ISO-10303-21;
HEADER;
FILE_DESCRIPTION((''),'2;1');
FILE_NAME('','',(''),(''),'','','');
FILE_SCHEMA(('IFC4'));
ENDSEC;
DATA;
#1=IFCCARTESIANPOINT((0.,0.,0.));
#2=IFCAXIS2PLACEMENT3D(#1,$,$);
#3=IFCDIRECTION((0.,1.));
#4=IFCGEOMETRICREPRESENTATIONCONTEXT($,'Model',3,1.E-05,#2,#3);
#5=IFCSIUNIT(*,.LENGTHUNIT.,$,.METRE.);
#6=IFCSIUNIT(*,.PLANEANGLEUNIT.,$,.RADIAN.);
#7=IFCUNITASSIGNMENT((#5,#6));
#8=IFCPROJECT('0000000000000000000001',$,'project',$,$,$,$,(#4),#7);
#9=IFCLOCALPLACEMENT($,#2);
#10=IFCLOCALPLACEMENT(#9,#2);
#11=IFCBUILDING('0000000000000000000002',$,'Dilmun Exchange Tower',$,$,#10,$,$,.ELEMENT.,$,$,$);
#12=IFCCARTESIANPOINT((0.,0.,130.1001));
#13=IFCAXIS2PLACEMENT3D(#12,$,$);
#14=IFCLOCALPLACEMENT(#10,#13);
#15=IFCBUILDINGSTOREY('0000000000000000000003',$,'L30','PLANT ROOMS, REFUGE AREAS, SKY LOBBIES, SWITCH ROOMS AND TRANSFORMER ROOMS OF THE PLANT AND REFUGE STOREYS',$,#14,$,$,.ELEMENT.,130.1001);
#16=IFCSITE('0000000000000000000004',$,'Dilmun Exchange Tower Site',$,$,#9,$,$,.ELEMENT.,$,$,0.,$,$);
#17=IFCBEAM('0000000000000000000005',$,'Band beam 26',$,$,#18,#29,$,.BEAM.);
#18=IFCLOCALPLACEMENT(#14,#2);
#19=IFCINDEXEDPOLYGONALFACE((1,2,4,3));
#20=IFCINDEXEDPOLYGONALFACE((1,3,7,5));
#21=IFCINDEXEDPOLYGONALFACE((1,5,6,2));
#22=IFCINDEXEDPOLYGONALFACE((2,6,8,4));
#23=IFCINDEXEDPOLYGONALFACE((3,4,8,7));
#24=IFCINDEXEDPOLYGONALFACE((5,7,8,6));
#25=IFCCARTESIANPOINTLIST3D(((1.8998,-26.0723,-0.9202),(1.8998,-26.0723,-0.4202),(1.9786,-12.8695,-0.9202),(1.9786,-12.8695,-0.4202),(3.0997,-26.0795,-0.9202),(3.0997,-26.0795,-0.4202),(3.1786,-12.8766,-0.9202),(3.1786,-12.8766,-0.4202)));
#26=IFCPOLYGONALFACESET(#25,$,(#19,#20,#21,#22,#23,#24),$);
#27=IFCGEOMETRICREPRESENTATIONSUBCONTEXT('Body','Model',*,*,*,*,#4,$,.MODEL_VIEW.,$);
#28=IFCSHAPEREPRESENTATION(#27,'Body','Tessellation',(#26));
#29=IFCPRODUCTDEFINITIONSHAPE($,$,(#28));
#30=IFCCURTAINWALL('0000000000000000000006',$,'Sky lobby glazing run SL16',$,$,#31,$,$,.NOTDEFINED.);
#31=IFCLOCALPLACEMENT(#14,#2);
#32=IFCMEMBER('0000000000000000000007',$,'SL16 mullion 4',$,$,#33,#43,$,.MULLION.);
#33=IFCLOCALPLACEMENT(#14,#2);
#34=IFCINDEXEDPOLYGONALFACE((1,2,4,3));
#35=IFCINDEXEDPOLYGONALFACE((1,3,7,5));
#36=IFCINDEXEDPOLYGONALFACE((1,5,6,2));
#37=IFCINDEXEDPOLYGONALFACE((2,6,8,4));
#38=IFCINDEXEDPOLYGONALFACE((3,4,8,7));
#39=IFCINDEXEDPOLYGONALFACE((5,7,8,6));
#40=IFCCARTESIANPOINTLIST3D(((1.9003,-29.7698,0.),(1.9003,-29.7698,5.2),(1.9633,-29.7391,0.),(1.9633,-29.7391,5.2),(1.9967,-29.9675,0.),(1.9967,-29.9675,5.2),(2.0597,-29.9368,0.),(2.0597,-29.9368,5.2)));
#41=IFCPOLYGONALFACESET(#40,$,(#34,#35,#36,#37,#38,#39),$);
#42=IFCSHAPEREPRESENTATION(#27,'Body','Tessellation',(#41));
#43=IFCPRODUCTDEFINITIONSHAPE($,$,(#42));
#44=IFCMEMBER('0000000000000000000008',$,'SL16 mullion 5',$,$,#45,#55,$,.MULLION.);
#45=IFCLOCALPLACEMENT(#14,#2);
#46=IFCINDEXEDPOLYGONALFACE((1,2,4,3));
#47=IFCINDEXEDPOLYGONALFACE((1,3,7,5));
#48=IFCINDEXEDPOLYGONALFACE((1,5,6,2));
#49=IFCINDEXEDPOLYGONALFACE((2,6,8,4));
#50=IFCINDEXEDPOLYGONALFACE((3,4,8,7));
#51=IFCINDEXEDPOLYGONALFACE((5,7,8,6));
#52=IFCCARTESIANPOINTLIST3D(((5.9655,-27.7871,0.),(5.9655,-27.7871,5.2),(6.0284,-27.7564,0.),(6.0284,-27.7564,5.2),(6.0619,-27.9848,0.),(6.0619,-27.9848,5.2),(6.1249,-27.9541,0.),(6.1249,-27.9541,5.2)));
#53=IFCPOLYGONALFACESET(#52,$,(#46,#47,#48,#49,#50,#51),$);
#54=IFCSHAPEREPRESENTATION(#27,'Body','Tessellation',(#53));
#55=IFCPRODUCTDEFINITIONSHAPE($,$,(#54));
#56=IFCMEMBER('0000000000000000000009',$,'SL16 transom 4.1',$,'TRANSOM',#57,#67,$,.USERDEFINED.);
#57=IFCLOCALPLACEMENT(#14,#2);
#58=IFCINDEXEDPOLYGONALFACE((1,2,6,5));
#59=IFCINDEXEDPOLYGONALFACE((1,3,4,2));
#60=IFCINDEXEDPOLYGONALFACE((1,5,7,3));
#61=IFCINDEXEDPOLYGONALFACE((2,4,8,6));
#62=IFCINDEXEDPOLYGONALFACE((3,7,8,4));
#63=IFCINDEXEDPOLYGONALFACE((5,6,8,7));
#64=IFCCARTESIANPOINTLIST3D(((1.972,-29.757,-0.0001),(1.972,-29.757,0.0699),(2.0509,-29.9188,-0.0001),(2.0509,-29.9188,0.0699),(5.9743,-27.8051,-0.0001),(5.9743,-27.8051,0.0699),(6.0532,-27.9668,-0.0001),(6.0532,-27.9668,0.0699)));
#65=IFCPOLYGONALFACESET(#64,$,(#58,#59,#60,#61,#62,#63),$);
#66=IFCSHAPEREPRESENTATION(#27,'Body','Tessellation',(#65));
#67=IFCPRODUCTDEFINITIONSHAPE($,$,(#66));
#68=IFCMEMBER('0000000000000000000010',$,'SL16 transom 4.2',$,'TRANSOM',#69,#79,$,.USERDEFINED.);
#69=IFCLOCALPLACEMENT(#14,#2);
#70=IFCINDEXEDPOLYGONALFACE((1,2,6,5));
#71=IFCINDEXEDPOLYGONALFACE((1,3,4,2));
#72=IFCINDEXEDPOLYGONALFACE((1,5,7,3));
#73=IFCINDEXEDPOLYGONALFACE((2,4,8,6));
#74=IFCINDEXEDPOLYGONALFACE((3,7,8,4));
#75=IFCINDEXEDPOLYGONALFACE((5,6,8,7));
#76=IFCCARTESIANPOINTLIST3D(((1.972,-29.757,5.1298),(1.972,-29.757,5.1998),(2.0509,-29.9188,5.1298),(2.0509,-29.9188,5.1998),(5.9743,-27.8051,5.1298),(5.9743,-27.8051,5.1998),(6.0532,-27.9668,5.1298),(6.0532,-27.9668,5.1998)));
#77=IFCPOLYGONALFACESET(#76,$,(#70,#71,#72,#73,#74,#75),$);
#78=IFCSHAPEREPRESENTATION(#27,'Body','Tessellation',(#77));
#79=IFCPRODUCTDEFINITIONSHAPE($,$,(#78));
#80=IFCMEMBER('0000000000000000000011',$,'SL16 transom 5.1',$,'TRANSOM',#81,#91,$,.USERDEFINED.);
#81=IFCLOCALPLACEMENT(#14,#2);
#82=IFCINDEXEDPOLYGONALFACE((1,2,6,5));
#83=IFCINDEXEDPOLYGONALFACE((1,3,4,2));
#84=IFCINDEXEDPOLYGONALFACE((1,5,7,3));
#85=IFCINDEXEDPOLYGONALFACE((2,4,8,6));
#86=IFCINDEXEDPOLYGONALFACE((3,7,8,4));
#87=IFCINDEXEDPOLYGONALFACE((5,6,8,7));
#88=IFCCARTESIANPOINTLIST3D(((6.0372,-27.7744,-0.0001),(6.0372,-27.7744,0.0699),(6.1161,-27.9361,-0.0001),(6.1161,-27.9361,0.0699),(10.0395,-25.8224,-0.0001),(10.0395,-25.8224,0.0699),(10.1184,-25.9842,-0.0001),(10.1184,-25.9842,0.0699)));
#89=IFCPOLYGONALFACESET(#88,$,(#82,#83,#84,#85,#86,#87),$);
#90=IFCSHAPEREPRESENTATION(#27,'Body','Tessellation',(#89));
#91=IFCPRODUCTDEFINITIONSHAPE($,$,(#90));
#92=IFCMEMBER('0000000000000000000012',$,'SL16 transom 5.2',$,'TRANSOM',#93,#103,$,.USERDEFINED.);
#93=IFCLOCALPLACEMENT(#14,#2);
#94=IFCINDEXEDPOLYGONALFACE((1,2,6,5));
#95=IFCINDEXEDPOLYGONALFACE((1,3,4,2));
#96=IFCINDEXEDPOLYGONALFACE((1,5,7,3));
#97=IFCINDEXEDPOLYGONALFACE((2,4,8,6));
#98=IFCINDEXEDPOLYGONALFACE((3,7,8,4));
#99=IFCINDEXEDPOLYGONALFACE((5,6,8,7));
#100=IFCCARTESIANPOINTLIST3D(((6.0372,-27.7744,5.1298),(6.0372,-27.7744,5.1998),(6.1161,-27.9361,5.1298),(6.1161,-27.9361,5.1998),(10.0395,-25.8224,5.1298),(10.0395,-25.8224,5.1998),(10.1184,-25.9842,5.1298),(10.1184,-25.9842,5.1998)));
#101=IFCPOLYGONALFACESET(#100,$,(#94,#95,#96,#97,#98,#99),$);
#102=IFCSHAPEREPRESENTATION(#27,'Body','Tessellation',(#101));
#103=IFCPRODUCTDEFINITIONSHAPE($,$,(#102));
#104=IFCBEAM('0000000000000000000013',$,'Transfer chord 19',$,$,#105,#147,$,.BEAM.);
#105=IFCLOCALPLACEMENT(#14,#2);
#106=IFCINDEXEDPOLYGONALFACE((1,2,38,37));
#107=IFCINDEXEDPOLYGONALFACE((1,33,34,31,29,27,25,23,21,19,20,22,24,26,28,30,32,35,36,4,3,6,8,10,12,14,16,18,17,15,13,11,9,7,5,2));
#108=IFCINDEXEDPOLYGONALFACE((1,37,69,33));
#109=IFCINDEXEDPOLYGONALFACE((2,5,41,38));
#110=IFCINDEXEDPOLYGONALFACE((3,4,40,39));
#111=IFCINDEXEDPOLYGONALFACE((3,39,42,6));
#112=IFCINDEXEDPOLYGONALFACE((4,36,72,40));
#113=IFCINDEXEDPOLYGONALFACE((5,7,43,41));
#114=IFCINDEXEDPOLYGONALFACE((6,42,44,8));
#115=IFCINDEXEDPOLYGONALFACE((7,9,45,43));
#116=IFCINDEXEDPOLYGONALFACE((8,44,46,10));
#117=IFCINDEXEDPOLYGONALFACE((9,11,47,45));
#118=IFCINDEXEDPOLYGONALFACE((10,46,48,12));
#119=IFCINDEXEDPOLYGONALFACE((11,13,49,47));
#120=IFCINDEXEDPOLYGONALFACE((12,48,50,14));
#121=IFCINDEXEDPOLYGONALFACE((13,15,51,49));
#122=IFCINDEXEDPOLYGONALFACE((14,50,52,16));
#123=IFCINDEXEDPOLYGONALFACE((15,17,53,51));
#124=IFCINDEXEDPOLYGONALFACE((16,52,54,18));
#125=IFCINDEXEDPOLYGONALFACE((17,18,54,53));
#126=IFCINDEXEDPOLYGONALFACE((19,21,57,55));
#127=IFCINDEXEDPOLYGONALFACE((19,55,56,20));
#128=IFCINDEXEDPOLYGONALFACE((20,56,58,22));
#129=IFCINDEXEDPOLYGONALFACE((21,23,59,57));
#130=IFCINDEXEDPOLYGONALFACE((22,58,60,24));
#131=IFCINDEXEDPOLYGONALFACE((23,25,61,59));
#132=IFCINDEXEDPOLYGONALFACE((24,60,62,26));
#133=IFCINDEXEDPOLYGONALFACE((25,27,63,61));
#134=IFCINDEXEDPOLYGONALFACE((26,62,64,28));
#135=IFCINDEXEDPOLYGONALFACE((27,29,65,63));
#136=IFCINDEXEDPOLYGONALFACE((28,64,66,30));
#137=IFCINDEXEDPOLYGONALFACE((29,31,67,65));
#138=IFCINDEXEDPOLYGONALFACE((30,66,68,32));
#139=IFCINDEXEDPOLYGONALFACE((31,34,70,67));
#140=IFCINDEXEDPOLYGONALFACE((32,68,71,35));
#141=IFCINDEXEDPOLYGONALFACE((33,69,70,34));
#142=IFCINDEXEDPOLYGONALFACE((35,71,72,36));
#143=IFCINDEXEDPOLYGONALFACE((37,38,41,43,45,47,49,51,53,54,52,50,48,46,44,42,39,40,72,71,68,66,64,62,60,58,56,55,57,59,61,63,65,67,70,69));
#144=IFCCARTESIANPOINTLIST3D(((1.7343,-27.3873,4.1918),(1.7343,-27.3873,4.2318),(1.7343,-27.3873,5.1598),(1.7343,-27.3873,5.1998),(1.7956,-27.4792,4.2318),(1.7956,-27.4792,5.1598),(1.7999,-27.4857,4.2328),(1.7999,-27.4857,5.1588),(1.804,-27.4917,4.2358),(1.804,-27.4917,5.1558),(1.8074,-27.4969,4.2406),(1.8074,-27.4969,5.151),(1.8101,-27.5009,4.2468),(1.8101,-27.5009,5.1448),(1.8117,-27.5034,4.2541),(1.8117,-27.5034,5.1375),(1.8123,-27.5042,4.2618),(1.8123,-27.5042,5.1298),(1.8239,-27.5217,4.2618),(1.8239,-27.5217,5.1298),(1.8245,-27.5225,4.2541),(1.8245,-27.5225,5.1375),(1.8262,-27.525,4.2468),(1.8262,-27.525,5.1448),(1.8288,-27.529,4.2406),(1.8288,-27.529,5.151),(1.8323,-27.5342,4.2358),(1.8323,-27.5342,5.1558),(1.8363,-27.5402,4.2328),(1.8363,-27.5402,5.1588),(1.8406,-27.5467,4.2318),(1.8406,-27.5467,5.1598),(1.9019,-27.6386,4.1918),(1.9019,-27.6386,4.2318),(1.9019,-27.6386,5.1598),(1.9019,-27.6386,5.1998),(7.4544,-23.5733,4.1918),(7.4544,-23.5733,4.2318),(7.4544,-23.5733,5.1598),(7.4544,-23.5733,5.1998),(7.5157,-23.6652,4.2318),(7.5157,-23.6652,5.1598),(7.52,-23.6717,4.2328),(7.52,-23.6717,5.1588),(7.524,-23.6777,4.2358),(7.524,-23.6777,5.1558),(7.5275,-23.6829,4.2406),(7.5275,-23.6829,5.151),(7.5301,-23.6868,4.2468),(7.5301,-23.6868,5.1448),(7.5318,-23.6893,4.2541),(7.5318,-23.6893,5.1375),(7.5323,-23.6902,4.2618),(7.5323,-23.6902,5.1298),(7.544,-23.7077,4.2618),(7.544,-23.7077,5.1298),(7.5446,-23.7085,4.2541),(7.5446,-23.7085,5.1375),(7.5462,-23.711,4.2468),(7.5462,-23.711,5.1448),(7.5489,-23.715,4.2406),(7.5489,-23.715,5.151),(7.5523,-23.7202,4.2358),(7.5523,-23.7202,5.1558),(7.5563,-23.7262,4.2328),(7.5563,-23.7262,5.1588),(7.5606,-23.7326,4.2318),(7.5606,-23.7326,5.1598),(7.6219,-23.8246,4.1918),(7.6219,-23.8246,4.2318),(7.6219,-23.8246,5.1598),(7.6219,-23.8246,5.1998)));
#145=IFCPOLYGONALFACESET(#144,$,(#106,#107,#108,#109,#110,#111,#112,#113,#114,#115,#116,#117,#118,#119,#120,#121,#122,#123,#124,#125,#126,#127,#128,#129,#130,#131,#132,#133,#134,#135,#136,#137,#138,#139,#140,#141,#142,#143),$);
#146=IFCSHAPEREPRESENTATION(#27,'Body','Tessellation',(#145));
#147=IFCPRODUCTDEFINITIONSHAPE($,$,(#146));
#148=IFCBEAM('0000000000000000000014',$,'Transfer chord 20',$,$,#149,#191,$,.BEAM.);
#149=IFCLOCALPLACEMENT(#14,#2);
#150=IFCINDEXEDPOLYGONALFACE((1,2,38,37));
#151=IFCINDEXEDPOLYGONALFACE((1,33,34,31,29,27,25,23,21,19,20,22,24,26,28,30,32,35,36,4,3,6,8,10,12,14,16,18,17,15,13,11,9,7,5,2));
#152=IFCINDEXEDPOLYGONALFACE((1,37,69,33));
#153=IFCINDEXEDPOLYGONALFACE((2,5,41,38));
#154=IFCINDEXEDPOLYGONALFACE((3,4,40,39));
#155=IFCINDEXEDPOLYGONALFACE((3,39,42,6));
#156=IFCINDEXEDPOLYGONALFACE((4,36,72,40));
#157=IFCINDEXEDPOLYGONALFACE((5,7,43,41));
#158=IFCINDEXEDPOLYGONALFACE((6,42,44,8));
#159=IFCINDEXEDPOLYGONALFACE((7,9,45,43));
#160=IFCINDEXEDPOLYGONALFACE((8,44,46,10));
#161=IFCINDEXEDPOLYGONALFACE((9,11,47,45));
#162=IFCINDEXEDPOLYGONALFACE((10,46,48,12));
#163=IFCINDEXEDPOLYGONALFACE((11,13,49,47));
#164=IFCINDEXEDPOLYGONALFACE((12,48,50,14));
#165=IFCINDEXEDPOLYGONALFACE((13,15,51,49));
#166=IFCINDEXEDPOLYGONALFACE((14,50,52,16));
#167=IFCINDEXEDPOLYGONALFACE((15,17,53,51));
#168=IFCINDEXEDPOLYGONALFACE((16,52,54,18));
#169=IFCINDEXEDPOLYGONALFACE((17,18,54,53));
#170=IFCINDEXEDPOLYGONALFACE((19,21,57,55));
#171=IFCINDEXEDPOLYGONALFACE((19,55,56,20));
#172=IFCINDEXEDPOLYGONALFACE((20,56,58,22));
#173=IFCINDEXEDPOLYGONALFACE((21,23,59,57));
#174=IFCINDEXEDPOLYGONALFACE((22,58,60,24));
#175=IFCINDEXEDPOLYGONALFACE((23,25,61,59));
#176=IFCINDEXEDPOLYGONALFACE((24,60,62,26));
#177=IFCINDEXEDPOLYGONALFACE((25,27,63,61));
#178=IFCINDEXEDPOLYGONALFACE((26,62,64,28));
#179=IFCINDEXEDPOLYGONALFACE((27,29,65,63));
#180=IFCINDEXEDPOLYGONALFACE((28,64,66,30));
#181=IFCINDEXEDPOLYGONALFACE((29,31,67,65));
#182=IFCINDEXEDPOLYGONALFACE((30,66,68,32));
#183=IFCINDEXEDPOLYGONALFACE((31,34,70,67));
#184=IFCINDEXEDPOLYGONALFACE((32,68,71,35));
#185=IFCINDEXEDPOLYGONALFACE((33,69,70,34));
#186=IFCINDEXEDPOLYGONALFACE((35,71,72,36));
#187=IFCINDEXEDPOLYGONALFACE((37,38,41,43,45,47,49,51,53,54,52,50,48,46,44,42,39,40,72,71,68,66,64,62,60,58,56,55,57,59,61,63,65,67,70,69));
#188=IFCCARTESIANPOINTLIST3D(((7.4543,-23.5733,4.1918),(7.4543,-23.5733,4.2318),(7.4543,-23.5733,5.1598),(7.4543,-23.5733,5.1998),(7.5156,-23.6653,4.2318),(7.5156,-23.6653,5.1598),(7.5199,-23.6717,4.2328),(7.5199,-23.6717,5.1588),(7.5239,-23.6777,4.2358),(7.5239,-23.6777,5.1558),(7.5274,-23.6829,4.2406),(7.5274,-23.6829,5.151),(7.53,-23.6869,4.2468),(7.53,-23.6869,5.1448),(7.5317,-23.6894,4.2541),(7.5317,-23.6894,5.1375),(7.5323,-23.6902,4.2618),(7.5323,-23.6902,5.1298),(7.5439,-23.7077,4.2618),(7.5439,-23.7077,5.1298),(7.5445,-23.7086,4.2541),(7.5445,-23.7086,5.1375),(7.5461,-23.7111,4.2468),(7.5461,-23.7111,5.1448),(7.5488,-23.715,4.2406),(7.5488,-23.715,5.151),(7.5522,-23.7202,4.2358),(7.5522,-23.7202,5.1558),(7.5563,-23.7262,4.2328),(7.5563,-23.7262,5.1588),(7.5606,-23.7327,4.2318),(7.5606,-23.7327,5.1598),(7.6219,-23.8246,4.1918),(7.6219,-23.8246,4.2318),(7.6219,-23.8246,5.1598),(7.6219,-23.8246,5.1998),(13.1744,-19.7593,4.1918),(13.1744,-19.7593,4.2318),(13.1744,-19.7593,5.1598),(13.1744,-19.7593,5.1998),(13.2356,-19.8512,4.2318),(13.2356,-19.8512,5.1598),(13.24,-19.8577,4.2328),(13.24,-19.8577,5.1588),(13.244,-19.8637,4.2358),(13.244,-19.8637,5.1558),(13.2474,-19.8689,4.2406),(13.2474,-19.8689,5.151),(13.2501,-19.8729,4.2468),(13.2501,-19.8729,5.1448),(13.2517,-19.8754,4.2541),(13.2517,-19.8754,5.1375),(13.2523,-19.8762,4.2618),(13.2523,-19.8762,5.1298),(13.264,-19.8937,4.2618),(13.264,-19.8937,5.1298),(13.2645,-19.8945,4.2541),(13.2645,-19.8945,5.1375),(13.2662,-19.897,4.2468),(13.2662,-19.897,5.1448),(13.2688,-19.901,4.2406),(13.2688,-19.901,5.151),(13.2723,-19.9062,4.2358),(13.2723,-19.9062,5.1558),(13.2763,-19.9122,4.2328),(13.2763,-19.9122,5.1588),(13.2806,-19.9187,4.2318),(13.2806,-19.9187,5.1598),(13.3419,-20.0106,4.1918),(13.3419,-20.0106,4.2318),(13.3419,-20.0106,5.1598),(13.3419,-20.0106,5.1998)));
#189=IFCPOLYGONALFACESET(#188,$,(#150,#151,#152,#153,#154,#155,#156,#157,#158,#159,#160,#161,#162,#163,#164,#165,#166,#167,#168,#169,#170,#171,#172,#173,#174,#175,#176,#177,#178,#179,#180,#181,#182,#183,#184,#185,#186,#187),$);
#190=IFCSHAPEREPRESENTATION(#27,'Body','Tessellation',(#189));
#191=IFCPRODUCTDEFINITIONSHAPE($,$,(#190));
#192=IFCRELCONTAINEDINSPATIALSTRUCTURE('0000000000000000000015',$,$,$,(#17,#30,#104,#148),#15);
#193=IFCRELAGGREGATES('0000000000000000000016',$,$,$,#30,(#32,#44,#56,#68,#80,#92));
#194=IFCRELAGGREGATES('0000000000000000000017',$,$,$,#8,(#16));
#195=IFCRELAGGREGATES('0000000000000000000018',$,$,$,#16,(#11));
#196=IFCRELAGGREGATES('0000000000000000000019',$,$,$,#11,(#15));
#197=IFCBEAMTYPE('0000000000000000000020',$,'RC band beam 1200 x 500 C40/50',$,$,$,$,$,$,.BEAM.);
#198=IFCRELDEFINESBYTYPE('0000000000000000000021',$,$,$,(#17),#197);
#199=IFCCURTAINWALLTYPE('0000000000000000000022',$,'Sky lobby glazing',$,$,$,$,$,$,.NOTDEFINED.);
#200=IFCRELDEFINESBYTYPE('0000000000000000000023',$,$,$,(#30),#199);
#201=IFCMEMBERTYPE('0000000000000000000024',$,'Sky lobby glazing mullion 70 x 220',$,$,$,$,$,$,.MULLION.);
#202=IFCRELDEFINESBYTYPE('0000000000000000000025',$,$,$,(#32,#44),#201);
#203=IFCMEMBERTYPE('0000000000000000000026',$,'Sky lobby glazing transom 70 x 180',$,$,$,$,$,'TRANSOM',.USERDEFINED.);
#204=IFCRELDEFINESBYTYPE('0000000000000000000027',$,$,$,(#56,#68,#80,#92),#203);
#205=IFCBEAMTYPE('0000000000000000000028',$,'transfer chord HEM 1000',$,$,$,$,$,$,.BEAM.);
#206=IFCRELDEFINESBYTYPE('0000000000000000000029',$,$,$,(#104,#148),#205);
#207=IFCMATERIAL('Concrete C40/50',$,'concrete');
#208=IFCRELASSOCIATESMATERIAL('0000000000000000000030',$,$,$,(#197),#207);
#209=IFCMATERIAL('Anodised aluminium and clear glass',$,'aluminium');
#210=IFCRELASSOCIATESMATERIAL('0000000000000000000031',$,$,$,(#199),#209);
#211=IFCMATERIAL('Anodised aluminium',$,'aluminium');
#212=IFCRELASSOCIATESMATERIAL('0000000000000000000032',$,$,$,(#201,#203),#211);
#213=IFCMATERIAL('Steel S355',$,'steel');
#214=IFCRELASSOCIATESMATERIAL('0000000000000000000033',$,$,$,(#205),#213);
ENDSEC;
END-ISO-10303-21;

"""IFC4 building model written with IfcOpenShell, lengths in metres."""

from ifc_helpers import new_model, si_unit, direction, frame, origin, origin_2d, place, context, subcontext, project, spatial, rectangle, i_section, extrude, material, material_profile, profile_set, type_object, element, aggregate, save


model = new_model("IFC4")

# Units and contexts
model_context = context("Model", 3, precision=1e-05, world=origin(), true_north=direction((0.0, 1.0)))
body_context = subcontext(model_context, "Body", "Model", "MODEL_VIEW")
ifc_project = project(units=[si_unit("LENGTHUNIT", "METRE"), si_unit("PLANEANGLEUNIT", "RADIAN")], contexts=[model_context])

# Site, building, storey
site_placement = place(None, origin())
site = spatial("IfcSite", under=ifc_project, at=site_placement, Name="Dilmun Exchange Tower Site", CompositionType="ELEMENT", RefElevation=0.0)
building_placement = place(site_placement, origin())
building = spatial("IfcBuilding", under=site, at=building_placement, Name="Dilmun Exchange Tower", CompositionType="ELEMENT")
storey_placement = place(building_placement, frame((0.0, 0.0, 130.1001)))
storey = spatial("IfcBuildingStorey", under=building, at=storey_placement, Name="L30", Description="PLANT ROOMS, REFUGE AREAS, SKY LOBBIES, SWITCH ROOMS AND TRANSFORMER ROOMS OF THE PLANT AND REFUGE STOREYS", CompositionType="ELEMENT", Elevation=130.1001)

# Beam
ifc_material_1 = material(Name="Concrete C40/50", Category="concrete")
ifc_material_profile_1 = material_profile(ifc_material_1, rectangle(XDim=1.2, YDim=0.5, at=origin_2d()), Name="1200 x 500")
ifc_profile_set_1 = profile_set([ifc_material_profile_1], Name="Concrete C40/50")
beam_type_1 = type_object("IfcBeamType", Name="RC band beam 1200 x 500 C40/50", PredefinedType="BEAM", material=ifc_profile_set_1)
beam_placement = place(storey_placement, frame((2.4998, -26.0759, -0.6702), z_axis=(0.005973, 0.999982, 0.0), x_axis=(-0.999982, 0.005973, 0.0)))
element("IfcBeam", 1, at=beam_placement, inside=storey, type_object=beam_type_1, Name="Band beam 26", PredefinedType="BEAM", context=body_context, shape_type="SweptSolid", body=[
    extrude(rectangle(XDim=1.2, YDim=0.5, at=origin_2d()), origin(), (0.0, 0.0, 1.0), 13.2031),
])

# Curtain wall, members
ifc_material_2 = material(Name="Anodised aluminium and clear glass", Category="aluminium")
curtain_wall_type = type_object("IfcCurtainWallType", Name="Sky lobby glazing", PredefinedType="NOTDEFINED", material=ifc_material_2)
curtain_wall_placement = place(storey_placement, origin())
curtain_wall = element("IfcCurtainWall", 2, at=curtain_wall_placement, inside=storey, type_object=curtain_wall_type, Name="Sky lobby glazing run SL16", PredefinedType="NOTDEFINED")
ifc_material_3 = material(Name="Anodised aluminium", Category="aluminium")
ifc_material_profile_2 = material_profile(ifc_material_3, rectangle(XDim=0.22, YDim=0.0701, at=origin_2d()), Name="AL 70x220")
ifc_profile_set_2 = profile_set([ifc_material_profile_2], Name="Anodised aluminium")
member_type_1 = type_object("IfcMemberType", Name="Sky lobby glazing mullion 70 x 220", PredefinedType="MULLION", material=ifc_profile_set_2)
member_1_placement = place(storey_placement, frame((1.98, -29.8533, 0.0), z_axis=(0.0, 0.0, 1.0), x_axis=(-0.438371, 0.898794, 0.0)))
member_1 = element("IfcMember", 3, at=member_1_placement, type_object=member_type_1, Name="SL16 mullion 4", PredefinedType="MULLION", context=body_context, shape_type="SweptSolid", body=[
    extrude(rectangle(XDim=0.22, YDim=0.0701, at=origin_2d()), origin(), (0.0, 0.0, 1.0), 5.2),
])
member_2_placement = place(storey_placement, frame((6.0452, -27.8706, 0.0), z_axis=(0.0, 0.0, 1.0), x_axis=(-0.438371, 0.898794, 0.0)))
member_2 = element("IfcMember", 4, at=member_2_placement, type_object=member_type_1, Name="SL16 mullion 5", PredefinedType="MULLION", context=body_context, shape_type="SweptSolid", body=[
    extrude(rectangle(XDim=0.22, YDim=0.0701, at=origin_2d()), origin(), (0.0, 0.0, 1.0), 5.2),
])
ifc_material_profile_3 = material_profile(ifc_material_3, rectangle(XDim=0.1799, YDim=0.0701, at=origin_2d()), Name="AL 70x180")
ifc_profile_set_3 = profile_set([ifc_material_profile_3], Name="Anodised aluminium")
member_type_2 = type_object("IfcMemberType", Name="Sky lobby glazing transom 70 x 180", ElementType="TRANSOM", PredefinedType="USERDEFINED", material=ifc_profile_set_3)
member_3_placement = place(storey_placement, frame((2.0115, -29.8379, 0.0349), z_axis=(0.898803, 0.438353, 0.0), x_axis=(-0.438353, 0.898803, 0.0)))
member_3 = element("IfcMember", 5, at=member_3_placement, type_object=member_type_2, Name="SL16 transom 4.1", ObjectType="TRANSOM", PredefinedType="USERDEFINED", context=body_context, shape_type="SweptSolid", body=[
    extrude(rectangle(XDim=0.1799, YDim=0.0701, at=origin_2d()), origin(), (0.0, 0.0, 1.0), 4.4529),
])
member_4_placement = place(storey_placement, frame((2.0115, -29.8379, 5.1648), z_axis=(0.898803, 0.438353, 0.0), x_axis=(-0.438353, 0.898803, 0.0)))
member_4 = element("IfcMember", 6, at=member_4_placement, type_object=member_type_2, Name="SL16 transom 4.2", ObjectType="TRANSOM", PredefinedType="USERDEFINED", context=body_context, shape_type="SweptSolid", body=[
    extrude(rectangle(XDim=0.1799, YDim=0.0701, at=origin_2d()), origin(), (0.0, 0.0, 1.0), 4.4529),
])
member_5_placement = place(storey_placement, frame((6.0767, -27.8552, 0.0349), z_axis=(0.898803, 0.438353, 0.0), x_axis=(-0.438353, 0.898803, 0.0)))
member_5 = element("IfcMember", 7, at=member_5_placement, type_object=member_type_2, Name="SL16 transom 5.1", ObjectType="TRANSOM", PredefinedType="USERDEFINED", context=body_context, shape_type="SweptSolid", body=[
    extrude(rectangle(XDim=0.1799, YDim=0.0701, at=origin_2d()), origin(), (0.0, 0.0, 1.0), 4.4529),
])
member_6_placement = place(storey_placement, frame((6.0767, -27.8552, 5.1648), z_axis=(0.898803, 0.438353, 0.0), x_axis=(-0.438353, 0.898803, 0.0)))
member_6 = element("IfcMember", 8, at=member_6_placement, type_object=member_type_2, Name="SL16 transom 5.2", ObjectType="TRANSOM", PredefinedType="USERDEFINED", context=body_context, shape_type="SweptSolid", body=[
    extrude(rectangle(XDim=0.1799, YDim=0.0701, at=origin_2d()), origin(), (0.0, 0.0, 1.0), 4.4529),
])

# Beams
ifc_material_4 = material(Name="Steel S355", Category="steel")
ifc_material_profile_4 = material_profile(ifc_material_4, i_section(OverallWidth=0.302, OverallDepth=1.0081, WebThickness=0.021, FlangeThickness=0.04, FilletRadius=0.03, at=origin_2d()), Name="HEM 1000")
ifc_profile_set_4 = profile_set([ifc_material_profile_4], Name="Steel S355")
beam_type_2 = type_object("IfcBeamType", Name="transfer chord HEM 1000", PredefinedType="BEAM", material=ifc_profile_set_4)
for number, where, z_axis, x_axis, name in (
    (9, (1.8181, -27.5129, 4.6958), (0.832007, 0.554766, 0.0), (-0.554766, 0.832007, 0.0), "Transfer chord 19"),
    (10, (7.5381, -23.699, 4.6958), (0.832007, 0.554766, 0.0), (-0.554766, 0.832007, 0.0), "Transfer chord 20"),
):
    element("IfcBeam", number, at=place(storey_placement, frame(where, z_axis=z_axis, x_axis=x_axis)), inside=storey, type_object=beam_type_2, Name=name, PredefinedType="BEAM", context=body_context, shape_type="SweptSolid", body=[
        extrude(i_section(OverallWidth=0.302, OverallDepth=1.0081, WebThickness=0.021, FlangeThickness=0.04, FilletRadius=0.03, at=origin_2d()), origin(), (0.0, 0.0, 1.0), 6.875),
    ])

aggregate(curtain_wall, [member_1, member_2, member_3, member_4, member_5, member_6])

save(model, "model.ifc")
